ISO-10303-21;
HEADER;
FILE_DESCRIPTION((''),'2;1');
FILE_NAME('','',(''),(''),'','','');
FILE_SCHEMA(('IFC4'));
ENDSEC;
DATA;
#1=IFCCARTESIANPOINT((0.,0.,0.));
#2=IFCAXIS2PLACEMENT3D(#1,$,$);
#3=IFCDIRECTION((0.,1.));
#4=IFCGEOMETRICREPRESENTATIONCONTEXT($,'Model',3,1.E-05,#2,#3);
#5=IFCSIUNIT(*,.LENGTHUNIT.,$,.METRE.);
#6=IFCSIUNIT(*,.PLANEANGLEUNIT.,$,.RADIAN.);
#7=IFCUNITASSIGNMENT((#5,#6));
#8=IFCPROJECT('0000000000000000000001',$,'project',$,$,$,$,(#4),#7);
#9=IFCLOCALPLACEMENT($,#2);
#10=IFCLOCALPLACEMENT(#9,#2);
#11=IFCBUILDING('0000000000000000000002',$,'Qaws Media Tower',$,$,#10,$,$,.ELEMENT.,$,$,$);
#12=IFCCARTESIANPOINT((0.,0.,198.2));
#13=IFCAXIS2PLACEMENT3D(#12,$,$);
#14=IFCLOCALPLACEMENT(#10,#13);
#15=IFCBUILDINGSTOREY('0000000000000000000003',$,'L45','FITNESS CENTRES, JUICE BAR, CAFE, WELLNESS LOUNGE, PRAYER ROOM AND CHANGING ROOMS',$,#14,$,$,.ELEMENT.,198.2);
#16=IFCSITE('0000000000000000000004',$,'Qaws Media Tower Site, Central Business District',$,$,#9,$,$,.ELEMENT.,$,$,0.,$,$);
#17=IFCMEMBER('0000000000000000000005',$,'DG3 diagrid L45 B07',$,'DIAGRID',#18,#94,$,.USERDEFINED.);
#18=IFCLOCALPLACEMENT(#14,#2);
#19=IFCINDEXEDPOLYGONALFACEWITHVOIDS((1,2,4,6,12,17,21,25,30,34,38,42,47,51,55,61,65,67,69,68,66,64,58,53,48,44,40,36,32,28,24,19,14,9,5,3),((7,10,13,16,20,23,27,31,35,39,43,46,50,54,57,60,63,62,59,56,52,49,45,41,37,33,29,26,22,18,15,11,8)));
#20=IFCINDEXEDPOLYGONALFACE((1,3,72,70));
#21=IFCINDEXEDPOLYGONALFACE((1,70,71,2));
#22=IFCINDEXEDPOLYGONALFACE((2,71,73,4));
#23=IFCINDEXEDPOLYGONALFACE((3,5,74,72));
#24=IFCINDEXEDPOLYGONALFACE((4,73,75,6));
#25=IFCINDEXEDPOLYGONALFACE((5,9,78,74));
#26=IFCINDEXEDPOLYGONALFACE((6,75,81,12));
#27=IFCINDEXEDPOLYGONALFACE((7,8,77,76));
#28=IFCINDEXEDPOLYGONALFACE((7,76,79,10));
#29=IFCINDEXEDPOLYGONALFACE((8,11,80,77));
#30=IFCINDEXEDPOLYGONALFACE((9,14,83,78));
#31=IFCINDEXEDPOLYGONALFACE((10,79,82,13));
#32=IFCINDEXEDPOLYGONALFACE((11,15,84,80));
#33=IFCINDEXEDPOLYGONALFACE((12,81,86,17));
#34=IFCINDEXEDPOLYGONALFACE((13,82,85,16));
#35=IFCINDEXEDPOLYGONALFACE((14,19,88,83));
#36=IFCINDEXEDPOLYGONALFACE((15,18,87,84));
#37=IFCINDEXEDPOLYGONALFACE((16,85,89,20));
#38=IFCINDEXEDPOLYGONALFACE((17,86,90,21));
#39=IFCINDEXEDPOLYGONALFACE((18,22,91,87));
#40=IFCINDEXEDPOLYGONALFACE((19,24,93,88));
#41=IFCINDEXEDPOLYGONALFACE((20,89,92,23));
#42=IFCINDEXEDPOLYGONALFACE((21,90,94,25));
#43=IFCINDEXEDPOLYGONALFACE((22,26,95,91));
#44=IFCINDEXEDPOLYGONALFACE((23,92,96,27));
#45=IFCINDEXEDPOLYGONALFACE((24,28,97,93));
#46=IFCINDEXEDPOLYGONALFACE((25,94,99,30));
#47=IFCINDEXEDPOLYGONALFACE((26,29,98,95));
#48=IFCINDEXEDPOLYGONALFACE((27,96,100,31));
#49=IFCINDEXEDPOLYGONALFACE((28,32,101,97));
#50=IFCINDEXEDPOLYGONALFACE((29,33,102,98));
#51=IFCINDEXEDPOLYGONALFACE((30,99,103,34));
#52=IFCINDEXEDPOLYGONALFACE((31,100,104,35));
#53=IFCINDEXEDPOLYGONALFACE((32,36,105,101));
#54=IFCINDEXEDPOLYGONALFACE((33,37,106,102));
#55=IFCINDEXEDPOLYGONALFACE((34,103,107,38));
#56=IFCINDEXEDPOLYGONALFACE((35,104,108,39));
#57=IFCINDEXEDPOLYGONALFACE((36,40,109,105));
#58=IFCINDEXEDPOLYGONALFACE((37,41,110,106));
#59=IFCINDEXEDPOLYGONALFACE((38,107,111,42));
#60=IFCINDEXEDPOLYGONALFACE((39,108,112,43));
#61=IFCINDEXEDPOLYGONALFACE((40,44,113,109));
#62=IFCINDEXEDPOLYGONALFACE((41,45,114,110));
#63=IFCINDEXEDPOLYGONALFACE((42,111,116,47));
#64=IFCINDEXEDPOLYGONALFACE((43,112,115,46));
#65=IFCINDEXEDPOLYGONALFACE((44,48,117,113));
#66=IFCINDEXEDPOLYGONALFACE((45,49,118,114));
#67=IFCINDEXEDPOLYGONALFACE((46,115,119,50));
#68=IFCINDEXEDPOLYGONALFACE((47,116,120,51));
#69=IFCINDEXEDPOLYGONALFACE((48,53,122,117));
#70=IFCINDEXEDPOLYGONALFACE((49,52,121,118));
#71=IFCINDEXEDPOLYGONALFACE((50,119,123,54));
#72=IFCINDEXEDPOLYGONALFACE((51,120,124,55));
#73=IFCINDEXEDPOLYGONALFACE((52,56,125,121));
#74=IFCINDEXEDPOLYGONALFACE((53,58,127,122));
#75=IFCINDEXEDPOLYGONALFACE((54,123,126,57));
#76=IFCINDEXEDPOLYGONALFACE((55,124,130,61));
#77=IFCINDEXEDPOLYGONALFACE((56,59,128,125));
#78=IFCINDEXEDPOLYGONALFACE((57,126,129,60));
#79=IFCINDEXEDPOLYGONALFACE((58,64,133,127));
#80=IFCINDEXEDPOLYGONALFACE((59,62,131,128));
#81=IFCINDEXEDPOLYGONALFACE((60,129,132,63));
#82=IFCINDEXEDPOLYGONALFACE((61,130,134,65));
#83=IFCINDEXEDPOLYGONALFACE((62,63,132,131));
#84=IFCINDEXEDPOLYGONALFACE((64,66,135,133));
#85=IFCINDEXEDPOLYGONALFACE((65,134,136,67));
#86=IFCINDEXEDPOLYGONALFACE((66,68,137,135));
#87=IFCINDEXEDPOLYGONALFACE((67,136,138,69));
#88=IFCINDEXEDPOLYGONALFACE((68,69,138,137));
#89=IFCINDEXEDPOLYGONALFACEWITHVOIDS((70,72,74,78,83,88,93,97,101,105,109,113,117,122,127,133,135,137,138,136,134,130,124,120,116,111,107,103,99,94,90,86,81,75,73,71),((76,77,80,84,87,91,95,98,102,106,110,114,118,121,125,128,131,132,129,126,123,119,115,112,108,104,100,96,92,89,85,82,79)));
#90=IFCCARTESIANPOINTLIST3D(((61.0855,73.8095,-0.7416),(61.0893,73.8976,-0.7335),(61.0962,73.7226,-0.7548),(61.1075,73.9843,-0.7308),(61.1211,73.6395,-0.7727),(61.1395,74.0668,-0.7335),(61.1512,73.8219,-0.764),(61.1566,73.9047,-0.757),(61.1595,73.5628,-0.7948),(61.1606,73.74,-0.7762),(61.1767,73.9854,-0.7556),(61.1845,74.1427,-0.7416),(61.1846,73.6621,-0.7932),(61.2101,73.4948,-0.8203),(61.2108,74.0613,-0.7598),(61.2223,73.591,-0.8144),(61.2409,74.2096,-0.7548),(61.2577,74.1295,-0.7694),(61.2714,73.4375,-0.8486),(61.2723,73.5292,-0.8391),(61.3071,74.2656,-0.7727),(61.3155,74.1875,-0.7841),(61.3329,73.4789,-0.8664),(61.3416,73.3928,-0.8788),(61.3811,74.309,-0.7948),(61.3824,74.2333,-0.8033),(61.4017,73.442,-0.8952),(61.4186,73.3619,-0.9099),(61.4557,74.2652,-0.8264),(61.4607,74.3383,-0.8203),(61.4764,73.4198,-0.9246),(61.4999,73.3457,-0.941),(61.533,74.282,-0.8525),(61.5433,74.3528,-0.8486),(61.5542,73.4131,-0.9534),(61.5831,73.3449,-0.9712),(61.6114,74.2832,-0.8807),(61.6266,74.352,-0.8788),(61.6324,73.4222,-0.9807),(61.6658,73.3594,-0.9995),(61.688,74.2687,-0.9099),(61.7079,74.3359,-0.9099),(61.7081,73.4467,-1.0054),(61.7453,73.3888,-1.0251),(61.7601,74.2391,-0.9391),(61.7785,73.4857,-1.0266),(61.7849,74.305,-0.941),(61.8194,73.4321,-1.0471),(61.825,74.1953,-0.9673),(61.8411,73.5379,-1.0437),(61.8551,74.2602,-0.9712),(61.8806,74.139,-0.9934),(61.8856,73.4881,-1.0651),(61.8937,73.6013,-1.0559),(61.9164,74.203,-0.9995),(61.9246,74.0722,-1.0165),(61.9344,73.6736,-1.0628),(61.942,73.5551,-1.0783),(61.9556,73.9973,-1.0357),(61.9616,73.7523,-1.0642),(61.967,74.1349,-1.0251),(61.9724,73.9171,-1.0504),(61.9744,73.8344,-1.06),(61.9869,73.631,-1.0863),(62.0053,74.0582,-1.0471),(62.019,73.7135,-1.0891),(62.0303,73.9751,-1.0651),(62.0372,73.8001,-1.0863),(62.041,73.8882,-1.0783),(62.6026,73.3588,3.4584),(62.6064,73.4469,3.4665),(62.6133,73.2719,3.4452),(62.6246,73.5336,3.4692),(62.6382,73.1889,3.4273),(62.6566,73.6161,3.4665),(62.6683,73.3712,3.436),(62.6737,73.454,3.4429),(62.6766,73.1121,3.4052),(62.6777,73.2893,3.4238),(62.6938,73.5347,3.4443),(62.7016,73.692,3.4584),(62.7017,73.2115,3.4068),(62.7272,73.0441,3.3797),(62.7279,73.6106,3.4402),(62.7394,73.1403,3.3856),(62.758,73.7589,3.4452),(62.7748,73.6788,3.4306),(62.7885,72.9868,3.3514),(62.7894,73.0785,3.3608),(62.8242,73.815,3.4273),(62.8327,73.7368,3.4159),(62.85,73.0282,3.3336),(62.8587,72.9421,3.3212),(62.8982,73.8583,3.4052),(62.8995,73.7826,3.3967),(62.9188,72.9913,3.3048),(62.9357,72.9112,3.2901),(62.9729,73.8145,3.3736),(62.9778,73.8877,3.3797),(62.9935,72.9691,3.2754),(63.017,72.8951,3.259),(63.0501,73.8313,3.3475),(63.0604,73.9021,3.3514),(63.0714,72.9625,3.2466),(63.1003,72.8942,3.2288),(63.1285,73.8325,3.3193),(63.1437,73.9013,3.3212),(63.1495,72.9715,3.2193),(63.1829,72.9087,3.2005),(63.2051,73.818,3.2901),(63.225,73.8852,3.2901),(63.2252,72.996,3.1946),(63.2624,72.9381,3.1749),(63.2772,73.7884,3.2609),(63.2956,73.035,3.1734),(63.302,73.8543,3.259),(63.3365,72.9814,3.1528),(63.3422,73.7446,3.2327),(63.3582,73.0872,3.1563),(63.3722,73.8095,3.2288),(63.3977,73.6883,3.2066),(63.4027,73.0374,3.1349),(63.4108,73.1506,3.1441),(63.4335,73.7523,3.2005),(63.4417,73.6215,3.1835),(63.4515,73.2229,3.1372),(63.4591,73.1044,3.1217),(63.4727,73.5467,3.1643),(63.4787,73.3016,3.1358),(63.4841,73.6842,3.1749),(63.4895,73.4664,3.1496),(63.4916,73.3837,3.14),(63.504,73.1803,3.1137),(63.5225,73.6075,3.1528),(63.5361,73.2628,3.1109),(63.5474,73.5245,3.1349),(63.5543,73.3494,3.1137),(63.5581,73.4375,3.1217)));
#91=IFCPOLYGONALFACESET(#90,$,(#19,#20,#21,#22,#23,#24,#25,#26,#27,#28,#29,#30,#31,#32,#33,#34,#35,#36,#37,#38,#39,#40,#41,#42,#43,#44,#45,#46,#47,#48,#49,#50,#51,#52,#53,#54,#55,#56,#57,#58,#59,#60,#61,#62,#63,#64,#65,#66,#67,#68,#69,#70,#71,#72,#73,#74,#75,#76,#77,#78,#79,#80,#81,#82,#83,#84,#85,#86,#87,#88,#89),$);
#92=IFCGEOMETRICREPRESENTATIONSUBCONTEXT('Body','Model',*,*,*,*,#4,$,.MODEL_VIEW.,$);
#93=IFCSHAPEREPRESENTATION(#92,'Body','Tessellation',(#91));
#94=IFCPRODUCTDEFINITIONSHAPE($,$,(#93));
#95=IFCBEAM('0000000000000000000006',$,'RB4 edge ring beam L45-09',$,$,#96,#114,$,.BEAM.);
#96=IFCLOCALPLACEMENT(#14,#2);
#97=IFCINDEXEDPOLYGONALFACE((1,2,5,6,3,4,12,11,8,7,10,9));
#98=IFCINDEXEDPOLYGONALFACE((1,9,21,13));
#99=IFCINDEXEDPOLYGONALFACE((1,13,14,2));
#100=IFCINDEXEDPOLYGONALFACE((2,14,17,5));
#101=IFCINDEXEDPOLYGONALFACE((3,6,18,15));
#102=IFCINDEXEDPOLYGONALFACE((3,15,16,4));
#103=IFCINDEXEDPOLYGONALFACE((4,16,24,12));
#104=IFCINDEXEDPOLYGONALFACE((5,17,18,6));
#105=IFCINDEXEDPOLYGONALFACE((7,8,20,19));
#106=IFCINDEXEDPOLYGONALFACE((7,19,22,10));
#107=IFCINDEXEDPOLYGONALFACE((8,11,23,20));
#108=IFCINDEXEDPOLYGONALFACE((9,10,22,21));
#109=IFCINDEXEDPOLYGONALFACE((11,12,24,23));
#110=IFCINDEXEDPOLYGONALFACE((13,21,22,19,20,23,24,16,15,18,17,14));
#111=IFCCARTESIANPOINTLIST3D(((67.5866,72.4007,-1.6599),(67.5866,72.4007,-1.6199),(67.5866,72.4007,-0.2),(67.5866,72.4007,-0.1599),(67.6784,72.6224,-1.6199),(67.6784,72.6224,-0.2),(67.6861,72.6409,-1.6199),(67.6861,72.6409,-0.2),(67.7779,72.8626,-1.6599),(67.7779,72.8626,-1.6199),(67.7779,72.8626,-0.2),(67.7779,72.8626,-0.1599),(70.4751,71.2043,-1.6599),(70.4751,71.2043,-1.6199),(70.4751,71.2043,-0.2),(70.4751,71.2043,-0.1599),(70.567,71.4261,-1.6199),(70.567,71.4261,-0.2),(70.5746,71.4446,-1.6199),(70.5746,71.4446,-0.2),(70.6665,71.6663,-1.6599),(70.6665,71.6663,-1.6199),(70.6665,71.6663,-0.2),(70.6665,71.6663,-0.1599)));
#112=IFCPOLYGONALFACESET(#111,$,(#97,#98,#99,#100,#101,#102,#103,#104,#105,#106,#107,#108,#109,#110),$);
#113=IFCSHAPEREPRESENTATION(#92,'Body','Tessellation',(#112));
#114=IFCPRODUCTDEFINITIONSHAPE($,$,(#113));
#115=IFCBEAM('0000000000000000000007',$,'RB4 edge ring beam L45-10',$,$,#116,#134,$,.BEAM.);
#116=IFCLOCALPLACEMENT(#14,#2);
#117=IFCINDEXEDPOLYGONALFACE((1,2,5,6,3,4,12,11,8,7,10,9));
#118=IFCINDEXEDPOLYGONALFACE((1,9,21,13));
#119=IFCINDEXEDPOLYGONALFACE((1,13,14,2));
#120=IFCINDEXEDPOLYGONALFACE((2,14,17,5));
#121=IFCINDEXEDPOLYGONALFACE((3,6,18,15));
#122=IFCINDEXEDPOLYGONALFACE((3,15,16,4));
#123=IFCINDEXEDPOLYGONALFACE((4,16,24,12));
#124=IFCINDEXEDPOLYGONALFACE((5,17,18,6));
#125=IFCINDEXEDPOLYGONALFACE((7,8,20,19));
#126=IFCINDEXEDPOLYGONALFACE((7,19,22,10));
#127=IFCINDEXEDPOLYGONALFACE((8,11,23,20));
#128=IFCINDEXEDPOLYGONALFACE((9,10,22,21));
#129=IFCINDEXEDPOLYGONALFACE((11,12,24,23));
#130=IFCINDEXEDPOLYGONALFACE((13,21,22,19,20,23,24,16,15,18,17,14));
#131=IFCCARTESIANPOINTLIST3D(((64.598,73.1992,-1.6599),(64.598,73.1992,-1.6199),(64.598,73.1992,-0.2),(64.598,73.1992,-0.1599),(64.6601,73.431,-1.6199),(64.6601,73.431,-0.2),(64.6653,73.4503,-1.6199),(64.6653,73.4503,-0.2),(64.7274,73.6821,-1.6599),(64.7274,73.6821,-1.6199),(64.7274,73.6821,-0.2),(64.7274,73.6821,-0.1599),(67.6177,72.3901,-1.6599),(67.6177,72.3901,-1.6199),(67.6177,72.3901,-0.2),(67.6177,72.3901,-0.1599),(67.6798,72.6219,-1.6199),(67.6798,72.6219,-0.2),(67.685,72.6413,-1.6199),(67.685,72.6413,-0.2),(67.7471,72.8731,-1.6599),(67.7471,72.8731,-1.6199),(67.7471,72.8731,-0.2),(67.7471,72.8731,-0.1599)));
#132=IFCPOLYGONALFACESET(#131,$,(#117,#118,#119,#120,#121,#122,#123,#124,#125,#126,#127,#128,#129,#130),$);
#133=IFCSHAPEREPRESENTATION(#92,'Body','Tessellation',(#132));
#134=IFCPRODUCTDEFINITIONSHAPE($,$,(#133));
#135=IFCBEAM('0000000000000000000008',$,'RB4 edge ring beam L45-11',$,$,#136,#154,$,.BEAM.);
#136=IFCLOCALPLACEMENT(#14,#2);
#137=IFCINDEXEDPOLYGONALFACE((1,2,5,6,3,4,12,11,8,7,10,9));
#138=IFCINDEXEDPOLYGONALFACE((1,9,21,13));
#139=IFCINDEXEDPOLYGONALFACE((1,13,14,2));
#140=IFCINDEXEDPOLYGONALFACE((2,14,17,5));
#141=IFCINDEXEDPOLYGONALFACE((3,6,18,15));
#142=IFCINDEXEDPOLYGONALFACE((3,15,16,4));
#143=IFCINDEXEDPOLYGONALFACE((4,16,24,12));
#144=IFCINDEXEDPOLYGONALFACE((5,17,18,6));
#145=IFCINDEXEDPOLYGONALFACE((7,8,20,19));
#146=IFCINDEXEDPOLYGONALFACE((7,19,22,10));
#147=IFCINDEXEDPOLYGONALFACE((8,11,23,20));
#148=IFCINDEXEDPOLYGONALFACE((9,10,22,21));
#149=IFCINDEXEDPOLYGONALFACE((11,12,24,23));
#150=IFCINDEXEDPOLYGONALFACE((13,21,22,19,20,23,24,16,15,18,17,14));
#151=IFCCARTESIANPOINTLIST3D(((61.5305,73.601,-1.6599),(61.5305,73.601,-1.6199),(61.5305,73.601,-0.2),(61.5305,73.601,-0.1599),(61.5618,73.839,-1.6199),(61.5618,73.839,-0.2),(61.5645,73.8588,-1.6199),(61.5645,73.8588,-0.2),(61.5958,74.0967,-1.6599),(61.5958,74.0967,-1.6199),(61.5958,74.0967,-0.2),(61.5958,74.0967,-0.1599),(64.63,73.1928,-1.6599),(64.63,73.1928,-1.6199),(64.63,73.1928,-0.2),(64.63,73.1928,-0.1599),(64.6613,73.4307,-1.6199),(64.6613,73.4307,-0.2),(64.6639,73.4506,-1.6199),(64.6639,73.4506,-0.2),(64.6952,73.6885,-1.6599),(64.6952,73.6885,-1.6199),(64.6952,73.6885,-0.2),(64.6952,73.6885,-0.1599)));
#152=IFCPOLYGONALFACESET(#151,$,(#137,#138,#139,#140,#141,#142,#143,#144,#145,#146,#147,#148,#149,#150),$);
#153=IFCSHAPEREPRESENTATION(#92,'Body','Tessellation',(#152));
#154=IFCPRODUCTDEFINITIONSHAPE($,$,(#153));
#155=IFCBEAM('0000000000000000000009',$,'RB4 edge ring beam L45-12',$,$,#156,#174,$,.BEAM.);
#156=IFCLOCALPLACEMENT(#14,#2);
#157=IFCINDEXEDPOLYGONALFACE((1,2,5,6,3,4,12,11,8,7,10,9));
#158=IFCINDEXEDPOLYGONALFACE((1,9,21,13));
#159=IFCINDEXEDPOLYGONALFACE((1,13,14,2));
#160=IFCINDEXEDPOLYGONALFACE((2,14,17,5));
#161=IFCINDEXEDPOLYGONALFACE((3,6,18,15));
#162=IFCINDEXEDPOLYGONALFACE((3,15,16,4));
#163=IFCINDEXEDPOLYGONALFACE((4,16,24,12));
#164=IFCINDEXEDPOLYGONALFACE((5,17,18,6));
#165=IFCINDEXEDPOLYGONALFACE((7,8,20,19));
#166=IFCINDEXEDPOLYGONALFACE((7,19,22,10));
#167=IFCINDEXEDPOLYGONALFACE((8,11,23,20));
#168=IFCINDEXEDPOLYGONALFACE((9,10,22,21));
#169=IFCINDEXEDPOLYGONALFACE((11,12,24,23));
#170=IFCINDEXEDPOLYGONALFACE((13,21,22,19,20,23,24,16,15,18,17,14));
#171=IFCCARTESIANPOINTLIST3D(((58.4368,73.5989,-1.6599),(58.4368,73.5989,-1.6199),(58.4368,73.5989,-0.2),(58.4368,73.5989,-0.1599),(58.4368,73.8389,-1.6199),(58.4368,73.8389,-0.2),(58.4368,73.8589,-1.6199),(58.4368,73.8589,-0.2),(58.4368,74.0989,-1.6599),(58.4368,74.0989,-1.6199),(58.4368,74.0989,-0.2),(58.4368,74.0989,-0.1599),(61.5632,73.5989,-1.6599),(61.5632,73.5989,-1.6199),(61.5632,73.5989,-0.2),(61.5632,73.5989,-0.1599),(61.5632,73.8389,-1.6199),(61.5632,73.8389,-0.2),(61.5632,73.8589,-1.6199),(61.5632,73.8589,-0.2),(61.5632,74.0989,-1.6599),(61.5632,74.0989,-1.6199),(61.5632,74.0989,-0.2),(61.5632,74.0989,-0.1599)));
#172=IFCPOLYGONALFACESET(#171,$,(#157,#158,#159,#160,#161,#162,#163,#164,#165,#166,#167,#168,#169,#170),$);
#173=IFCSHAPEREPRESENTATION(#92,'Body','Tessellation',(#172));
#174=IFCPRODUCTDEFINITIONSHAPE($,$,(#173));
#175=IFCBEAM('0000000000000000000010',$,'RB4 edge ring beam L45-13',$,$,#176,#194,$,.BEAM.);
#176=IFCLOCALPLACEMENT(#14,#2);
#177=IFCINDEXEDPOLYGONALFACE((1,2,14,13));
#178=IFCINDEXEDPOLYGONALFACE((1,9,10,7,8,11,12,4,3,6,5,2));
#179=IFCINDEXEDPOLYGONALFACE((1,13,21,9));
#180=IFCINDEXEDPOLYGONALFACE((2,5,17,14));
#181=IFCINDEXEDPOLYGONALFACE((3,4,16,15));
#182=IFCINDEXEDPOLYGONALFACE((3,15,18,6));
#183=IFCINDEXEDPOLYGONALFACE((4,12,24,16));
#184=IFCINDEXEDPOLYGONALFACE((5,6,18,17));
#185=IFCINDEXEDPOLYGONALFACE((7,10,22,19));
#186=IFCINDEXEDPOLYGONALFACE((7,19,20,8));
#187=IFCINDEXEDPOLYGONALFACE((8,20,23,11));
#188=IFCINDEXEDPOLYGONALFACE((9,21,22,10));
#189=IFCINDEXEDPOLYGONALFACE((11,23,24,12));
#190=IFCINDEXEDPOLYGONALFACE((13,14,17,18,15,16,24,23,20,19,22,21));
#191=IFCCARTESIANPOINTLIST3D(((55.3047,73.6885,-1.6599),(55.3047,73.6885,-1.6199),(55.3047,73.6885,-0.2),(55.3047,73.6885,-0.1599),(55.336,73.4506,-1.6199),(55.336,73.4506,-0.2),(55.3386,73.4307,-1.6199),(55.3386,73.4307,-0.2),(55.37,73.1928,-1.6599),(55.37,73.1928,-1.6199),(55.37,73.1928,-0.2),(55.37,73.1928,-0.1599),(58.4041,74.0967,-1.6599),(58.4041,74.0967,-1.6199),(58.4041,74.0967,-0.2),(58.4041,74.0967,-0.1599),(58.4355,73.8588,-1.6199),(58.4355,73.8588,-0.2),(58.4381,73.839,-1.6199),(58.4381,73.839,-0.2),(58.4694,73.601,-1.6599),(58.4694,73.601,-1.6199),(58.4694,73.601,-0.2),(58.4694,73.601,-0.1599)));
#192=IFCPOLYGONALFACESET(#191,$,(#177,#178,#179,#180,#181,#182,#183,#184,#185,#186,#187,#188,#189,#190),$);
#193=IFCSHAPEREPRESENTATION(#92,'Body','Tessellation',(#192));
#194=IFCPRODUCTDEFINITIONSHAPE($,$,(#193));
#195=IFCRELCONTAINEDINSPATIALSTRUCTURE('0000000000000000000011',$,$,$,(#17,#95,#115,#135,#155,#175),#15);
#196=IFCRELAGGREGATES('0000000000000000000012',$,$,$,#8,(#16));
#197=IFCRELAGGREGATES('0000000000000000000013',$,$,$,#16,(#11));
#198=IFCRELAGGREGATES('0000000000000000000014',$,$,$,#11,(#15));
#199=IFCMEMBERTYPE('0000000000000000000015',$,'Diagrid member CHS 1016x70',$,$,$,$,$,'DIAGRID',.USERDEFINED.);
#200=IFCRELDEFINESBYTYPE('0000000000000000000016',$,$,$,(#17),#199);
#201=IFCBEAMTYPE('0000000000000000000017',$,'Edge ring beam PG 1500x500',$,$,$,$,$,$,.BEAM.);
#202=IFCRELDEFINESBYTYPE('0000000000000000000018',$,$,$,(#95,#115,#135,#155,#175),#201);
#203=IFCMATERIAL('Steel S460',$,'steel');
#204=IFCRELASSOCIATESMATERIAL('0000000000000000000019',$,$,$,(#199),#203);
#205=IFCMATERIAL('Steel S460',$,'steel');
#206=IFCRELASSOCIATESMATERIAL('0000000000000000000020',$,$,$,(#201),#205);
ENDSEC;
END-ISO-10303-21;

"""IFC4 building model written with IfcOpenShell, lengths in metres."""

from ifc_helpers import new_model, si_unit, direction, frame, origin, origin_2d, place, context, subcontext, project, spatial, hollow_circle, i_section, extrude, material, material_profile, profile_set, type_object, element, save


model = new_model("IFC4")

# Units and contexts
model_context = context("Model", 3, precision=1e-05, world=origin(), true_north=direction((0.0, 1.0)))
body_context = subcontext(model_context, "Body", "Model", "MODEL_VIEW")
ifc_project = project(units=[si_unit("LENGTHUNIT", "METRE"), si_unit("PLANEANGLEUNIT", "RADIAN")], contexts=[model_context])

# Site, building, storey
site_placement = place(None, origin())
site = spatial("IfcSite", under=ifc_project, at=site_placement, Name="Qaws Media Tower Site, Central Business District", CompositionType="ELEMENT", RefElevation=0.0)
building_placement = place(site_placement, origin())
building = spatial("IfcBuilding", under=site, at=building_placement, Name="Qaws Media Tower", CompositionType="ELEMENT")
storey_placement = place(building_placement, frame((0.0, 0.0, 198.2)))
storey = spatial("IfcBuildingStorey", under=building, at=storey_placement, Name="L45", Description="FITNESS CENTRES, JUICE BAR, CAFE, WELLNESS LOUNGE, PRAYER ROOM AND CHANGING ROOMS", CompositionType="ELEMENT", Elevation=198.2)

# Member
ifc_material_1 = material(Name="Steel S460", Category="steel")
ifc_material_profile_1 = material_profile(ifc_material_1, hollow_circle(Radius=0.5081, WallThickness=0.0701, at=origin_2d()), Name="CHS 1016x70")
ifc_profile_set_1 = profile_set([ifc_material_profile_1], Name="Steel S460")
member_type_1 = type_object("IfcMemberType", Name="Diagrid member CHS 1016x70", ElementType="DIAGRID", PredefinedType="USERDEFINED", material=ifc_profile_set_1)
for number, where, z_axis, x_axis, name in (
    (1, (61.5632, 73.8489, -0.9099), (0.338015, -0.100414, 0.935769), (0.284771, 0.958596, 0.0), "DG3 diagrid L45 B07"),
):
    element("IfcMember", number, at=place(storey_placement, frame(where, z_axis=z_axis, x_axis=x_axis)), inside=storey, type_object=member_type_1, Name=name, ObjectType="DIAGRID", PredefinedType="USERDEFINED", context=body_context, shape_type="SweptSolid", body=[
        extrude(hollow_circle(Radius=0.5081, WallThickness=0.0701, at=origin_2d()), origin(), (0.0, 0.0, 1.0), 4.4883),
    ])

# Beams
ifc_material_2 = material(Name="Steel S460", Category="steel")
ifc_material_profile_2 = material_profile(ifc_material_2, i_section(OverallWidth=0.5, OverallDepth=1.5, WebThickness=0.02, FlangeThickness=0.04, at=origin_2d()), Name="PG 1500x500")
ifc_profile_set_2 = profile_set([ifc_material_profile_2], Name="Steel S460")
beam_type = type_object("IfcBeamType", Name="Edge ring beam PG 1500x500", PredefinedType="BEAM", material=ifc_profile_set_2)
beam_1_placement = place(storey_placement, frame((70.5708, 71.4353, -0.9099), z_axis=(-0.923895, 0.382646, 0.0), x_axis=(-0.382646, -0.923895, 0.0)))
element("IfcBeam", 2, at=beam_1_placement, inside=storey, type_object=beam_type, Name="RB4 edge ring beam L45-09", PredefinedType="BEAM", context=body_context, shape_type="SweptSolid", body=[
    extrude(i_section(OverallWidth=0.5, OverallDepth=1.5, WebThickness=0.02, FlangeThickness=0.04, at=origin_2d()), origin(), (0.0, 0.0, 1.0), 3.1265),
])
for number, where, z_axis, x_axis, name in (
    (3, (67.6824, 72.6316, -0.9099), (-0.965931, 0.2588, 0.0), (-0.2588, -0.965931, 0.0), "RB4 edge ring beam L45-10"),
    (4, (64.6626, 73.4407, -0.9099), (-0.991438, 0.130578, 0.0), (-0.130578, -0.991438, 0.0), "RB4 edge ring beam L45-11"),
):
    element("IfcBeam", number, at=place(storey_placement, frame(where, z_axis=z_axis, x_axis=x_axis)), inside=storey, type_object=beam_type, Name=name, PredefinedType="BEAM", context=body_context, shape_type="SweptSolid", body=[
        extrude(i_section(OverallWidth=0.5, OverallDepth=1.5, WebThickness=0.02, FlangeThickness=0.04, at=origin_2d()), origin(), (0.0, 0.0, 1.0), 3.1262),
    ])
beam_2_placement = place(storey_placement, frame((61.5632, 73.8489, -0.9099), z_axis=(-1.0, 0.0, 0.0), x_axis=(0.0, -1.0, 0.0)))
element("IfcBeam", 5, at=beam_2_placement, inside=storey, type_object=beam_type, Name="RB4 edge ring beam L45-12", PredefinedType="BEAM", context=body_context, shape_type="SweptSolid", body=[
    extrude(i_section(OverallWidth=0.5, OverallDepth=1.5, WebThickness=0.02, FlangeThickness=0.04, at=origin_2d()), origin(), (0.0, 0.0, 1.0), 3.1265),
])
beam_3_placement = place(storey_placement, frame((58.4368, 73.8489, -0.9099), z_axis=(-0.991438, -0.130578, 0.0), x_axis=(0.130578, -0.991438, 0.0)))
element("IfcBeam", 6, at=beam_3_placement, inside=storey, type_object=beam_type, Name="RB4 edge ring beam L45-13", PredefinedType="BEAM", context=body_context, shape_type="SweptSolid", body=[
    extrude(i_section(OverallWidth=0.5, OverallDepth=1.5, WebThickness=0.02, FlangeThickness=0.04, at=origin_2d()), origin(), (0.0, 0.0, 1.0), 3.1262),
])

save(model, "model.ifc")
